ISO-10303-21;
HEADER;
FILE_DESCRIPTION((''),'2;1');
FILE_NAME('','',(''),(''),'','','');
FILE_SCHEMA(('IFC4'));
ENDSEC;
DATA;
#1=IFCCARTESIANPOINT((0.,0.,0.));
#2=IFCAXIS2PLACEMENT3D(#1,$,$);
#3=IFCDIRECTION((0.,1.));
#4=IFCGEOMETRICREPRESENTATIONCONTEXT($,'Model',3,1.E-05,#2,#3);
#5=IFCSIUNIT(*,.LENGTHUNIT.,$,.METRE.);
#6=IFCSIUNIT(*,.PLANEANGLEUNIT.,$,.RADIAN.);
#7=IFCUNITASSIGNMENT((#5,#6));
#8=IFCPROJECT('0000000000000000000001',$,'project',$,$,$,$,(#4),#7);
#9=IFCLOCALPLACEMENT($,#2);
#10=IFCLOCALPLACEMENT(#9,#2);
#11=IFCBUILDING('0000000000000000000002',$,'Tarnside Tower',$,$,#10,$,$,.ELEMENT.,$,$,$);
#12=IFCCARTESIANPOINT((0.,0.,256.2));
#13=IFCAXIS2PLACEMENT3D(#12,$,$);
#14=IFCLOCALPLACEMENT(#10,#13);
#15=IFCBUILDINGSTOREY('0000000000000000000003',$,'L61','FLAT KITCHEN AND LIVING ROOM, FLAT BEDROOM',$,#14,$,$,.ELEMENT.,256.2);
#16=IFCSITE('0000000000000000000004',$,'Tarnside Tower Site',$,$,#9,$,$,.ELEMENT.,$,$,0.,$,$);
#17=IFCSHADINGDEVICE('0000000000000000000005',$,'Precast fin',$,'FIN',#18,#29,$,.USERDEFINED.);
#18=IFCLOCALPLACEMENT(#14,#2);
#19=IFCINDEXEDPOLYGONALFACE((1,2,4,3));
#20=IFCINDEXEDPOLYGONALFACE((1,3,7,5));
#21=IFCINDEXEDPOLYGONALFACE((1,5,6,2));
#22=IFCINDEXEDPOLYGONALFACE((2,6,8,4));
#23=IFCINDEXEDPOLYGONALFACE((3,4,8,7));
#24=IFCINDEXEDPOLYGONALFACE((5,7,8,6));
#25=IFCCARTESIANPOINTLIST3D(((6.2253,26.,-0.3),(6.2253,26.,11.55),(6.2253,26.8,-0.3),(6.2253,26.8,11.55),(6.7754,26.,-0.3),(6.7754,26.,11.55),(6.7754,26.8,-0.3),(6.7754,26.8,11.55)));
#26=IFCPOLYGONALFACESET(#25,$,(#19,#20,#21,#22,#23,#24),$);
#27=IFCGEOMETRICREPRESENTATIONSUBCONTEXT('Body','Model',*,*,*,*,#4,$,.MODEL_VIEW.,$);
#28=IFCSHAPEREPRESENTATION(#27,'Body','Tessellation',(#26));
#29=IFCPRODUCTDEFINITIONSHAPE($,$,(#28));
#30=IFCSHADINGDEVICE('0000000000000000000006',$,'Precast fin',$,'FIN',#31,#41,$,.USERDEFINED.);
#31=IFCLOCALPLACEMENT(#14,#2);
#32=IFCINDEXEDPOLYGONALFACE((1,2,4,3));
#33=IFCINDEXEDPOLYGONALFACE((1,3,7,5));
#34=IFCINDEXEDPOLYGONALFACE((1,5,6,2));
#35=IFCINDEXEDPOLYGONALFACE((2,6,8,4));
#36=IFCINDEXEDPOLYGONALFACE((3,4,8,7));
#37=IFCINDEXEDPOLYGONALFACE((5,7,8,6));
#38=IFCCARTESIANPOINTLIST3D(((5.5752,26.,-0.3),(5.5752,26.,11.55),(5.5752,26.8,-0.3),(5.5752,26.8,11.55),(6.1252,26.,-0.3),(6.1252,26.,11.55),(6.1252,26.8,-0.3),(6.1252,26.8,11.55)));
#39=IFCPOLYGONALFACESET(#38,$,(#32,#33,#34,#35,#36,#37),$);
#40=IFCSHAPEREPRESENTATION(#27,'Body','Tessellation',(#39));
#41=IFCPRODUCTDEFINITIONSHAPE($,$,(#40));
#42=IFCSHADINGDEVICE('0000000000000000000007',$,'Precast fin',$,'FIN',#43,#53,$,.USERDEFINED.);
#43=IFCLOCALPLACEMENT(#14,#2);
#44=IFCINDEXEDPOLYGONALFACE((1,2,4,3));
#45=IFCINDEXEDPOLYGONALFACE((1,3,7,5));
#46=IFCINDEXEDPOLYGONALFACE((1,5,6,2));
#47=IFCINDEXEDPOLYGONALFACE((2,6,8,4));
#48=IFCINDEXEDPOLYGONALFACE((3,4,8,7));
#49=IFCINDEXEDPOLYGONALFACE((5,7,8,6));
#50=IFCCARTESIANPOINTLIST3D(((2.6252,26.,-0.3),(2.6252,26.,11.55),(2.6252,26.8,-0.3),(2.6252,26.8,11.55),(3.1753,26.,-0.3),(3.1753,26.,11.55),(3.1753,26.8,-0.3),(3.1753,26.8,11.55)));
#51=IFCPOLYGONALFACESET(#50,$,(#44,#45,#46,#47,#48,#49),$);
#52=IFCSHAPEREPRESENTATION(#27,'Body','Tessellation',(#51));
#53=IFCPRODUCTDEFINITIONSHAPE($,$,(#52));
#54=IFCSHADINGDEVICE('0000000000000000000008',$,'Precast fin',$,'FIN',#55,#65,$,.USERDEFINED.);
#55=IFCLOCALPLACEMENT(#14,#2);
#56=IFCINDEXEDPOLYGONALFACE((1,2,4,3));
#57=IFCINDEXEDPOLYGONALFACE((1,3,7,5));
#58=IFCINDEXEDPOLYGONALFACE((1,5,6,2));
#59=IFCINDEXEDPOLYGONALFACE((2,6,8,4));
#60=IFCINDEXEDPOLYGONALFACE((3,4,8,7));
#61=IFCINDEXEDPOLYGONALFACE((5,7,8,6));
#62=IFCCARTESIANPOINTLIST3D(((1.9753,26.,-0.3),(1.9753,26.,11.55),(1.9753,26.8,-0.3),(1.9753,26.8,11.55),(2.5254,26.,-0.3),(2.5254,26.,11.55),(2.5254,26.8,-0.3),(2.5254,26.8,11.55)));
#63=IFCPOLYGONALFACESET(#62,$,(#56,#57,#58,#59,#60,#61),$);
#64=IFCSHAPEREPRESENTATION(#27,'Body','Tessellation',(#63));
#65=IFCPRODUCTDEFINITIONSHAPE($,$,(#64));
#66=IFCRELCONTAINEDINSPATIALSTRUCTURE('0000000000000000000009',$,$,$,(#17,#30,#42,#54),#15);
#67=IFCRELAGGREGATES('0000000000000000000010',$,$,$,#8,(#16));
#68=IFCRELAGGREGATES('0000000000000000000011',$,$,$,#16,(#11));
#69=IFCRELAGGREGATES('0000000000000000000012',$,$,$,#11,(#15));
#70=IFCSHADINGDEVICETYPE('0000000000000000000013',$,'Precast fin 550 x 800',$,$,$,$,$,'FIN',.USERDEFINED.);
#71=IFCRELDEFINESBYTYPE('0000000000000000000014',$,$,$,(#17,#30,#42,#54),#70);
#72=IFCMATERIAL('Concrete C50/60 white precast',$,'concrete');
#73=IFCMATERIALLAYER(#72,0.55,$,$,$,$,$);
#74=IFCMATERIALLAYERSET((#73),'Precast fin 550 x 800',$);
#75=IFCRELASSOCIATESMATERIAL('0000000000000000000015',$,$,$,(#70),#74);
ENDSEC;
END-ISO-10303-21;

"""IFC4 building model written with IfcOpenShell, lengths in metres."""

from ifc_helpers import new_model, si_unit, direction, frame, origin, place, context, subcontext, project, spatial, polyline, outline, extrude, material, layer, layer_set, type_object, element, save


model = new_model("IFC4")

# Units and contexts
model_context = context("Model", 3, precision=1e-05, world=origin(), true_north=direction((0.0, 1.0)))
body_context = subcontext(model_context, "Body", "Model", "MODEL_VIEW")
ifc_project = project(units=[si_unit("LENGTHUNIT", "METRE"), si_unit("PLANEANGLEUNIT", "RADIAN")], contexts=[model_context])

# Site, building, storey
site_placement = place(None, origin())
site = spatial("IfcSite", under=ifc_project, at=site_placement, Name="Tarnside Tower Site", CompositionType="ELEMENT", RefElevation=0.0)
building_placement = place(site_placement, origin())
building = spatial("IfcBuilding", under=site, at=building_placement, Name="Tarnside Tower", CompositionType="ELEMENT")
storey_placement = place(building_placement, frame((0.0, 0.0, 256.2)))
storey = spatial("IfcBuildingStorey", under=building, at=storey_placement, Name="L61", Description="FLAT KITCHEN AND LIVING ROOM, FLAT BEDROOM", CompositionType="ELEMENT", Elevation=256.2)

# Shading devices
ifc_material_1 = material(Name="Concrete C50/60 white precast", Category="concrete")
ifc_layer_1 = layer(ifc_material_1, 0.55)
ifc_layer_set_1 = layer_set([ifc_layer_1], Name="Precast fin 550 x 800")
shading_device_type_1 = type_object("IfcShadingDeviceType", Name="Precast fin 550 x 800", ElementType="FIN", PredefinedType="USERDEFINED", material=ifc_layer_set_1)
for number, where, z_axis, x_axis, name in (
    (1, (6.5002, 26.0, -0.3), (1.0, 0.0, 0.0), (0.0, 1.0, 0.0), "Precast fin"),
    (2, (5.8501, 26.0, -0.3), (1.0, 0.0, 0.0), (0.0, 1.0, 0.0), "Precast fin"),
    (3, (2.9001, 26.0, -0.3), (1.0, 0.0, 0.0), (0.0, 1.0, 0.0), "Precast fin"),
    (4, (2.2502, 26.0, -0.3), (1.0, 0.0, 0.0), (0.0, 1.0, 0.0), "Precast fin"),
):
    element("IfcShadingDevice", number, at=place(storey_placement, frame(where, z_axis=z_axis, x_axis=x_axis)), inside=storey, type_object=shading_device_type_1, Name=name, ObjectType="FIN", PredefinedType="USERDEFINED", context=body_context, shape_type="SweptSolid", body=[
        extrude(outline(polyline([(0.0, 0.0), (0.8, 0.0), (0.8, 11.8501), (0.0, 11.8501), (0.0, 0.0)])), frame((0.0, 0.0, -0.2749)), (0.0, 0.0, 1.0), 0.55),
    ])

save(model, "model.ifc")
